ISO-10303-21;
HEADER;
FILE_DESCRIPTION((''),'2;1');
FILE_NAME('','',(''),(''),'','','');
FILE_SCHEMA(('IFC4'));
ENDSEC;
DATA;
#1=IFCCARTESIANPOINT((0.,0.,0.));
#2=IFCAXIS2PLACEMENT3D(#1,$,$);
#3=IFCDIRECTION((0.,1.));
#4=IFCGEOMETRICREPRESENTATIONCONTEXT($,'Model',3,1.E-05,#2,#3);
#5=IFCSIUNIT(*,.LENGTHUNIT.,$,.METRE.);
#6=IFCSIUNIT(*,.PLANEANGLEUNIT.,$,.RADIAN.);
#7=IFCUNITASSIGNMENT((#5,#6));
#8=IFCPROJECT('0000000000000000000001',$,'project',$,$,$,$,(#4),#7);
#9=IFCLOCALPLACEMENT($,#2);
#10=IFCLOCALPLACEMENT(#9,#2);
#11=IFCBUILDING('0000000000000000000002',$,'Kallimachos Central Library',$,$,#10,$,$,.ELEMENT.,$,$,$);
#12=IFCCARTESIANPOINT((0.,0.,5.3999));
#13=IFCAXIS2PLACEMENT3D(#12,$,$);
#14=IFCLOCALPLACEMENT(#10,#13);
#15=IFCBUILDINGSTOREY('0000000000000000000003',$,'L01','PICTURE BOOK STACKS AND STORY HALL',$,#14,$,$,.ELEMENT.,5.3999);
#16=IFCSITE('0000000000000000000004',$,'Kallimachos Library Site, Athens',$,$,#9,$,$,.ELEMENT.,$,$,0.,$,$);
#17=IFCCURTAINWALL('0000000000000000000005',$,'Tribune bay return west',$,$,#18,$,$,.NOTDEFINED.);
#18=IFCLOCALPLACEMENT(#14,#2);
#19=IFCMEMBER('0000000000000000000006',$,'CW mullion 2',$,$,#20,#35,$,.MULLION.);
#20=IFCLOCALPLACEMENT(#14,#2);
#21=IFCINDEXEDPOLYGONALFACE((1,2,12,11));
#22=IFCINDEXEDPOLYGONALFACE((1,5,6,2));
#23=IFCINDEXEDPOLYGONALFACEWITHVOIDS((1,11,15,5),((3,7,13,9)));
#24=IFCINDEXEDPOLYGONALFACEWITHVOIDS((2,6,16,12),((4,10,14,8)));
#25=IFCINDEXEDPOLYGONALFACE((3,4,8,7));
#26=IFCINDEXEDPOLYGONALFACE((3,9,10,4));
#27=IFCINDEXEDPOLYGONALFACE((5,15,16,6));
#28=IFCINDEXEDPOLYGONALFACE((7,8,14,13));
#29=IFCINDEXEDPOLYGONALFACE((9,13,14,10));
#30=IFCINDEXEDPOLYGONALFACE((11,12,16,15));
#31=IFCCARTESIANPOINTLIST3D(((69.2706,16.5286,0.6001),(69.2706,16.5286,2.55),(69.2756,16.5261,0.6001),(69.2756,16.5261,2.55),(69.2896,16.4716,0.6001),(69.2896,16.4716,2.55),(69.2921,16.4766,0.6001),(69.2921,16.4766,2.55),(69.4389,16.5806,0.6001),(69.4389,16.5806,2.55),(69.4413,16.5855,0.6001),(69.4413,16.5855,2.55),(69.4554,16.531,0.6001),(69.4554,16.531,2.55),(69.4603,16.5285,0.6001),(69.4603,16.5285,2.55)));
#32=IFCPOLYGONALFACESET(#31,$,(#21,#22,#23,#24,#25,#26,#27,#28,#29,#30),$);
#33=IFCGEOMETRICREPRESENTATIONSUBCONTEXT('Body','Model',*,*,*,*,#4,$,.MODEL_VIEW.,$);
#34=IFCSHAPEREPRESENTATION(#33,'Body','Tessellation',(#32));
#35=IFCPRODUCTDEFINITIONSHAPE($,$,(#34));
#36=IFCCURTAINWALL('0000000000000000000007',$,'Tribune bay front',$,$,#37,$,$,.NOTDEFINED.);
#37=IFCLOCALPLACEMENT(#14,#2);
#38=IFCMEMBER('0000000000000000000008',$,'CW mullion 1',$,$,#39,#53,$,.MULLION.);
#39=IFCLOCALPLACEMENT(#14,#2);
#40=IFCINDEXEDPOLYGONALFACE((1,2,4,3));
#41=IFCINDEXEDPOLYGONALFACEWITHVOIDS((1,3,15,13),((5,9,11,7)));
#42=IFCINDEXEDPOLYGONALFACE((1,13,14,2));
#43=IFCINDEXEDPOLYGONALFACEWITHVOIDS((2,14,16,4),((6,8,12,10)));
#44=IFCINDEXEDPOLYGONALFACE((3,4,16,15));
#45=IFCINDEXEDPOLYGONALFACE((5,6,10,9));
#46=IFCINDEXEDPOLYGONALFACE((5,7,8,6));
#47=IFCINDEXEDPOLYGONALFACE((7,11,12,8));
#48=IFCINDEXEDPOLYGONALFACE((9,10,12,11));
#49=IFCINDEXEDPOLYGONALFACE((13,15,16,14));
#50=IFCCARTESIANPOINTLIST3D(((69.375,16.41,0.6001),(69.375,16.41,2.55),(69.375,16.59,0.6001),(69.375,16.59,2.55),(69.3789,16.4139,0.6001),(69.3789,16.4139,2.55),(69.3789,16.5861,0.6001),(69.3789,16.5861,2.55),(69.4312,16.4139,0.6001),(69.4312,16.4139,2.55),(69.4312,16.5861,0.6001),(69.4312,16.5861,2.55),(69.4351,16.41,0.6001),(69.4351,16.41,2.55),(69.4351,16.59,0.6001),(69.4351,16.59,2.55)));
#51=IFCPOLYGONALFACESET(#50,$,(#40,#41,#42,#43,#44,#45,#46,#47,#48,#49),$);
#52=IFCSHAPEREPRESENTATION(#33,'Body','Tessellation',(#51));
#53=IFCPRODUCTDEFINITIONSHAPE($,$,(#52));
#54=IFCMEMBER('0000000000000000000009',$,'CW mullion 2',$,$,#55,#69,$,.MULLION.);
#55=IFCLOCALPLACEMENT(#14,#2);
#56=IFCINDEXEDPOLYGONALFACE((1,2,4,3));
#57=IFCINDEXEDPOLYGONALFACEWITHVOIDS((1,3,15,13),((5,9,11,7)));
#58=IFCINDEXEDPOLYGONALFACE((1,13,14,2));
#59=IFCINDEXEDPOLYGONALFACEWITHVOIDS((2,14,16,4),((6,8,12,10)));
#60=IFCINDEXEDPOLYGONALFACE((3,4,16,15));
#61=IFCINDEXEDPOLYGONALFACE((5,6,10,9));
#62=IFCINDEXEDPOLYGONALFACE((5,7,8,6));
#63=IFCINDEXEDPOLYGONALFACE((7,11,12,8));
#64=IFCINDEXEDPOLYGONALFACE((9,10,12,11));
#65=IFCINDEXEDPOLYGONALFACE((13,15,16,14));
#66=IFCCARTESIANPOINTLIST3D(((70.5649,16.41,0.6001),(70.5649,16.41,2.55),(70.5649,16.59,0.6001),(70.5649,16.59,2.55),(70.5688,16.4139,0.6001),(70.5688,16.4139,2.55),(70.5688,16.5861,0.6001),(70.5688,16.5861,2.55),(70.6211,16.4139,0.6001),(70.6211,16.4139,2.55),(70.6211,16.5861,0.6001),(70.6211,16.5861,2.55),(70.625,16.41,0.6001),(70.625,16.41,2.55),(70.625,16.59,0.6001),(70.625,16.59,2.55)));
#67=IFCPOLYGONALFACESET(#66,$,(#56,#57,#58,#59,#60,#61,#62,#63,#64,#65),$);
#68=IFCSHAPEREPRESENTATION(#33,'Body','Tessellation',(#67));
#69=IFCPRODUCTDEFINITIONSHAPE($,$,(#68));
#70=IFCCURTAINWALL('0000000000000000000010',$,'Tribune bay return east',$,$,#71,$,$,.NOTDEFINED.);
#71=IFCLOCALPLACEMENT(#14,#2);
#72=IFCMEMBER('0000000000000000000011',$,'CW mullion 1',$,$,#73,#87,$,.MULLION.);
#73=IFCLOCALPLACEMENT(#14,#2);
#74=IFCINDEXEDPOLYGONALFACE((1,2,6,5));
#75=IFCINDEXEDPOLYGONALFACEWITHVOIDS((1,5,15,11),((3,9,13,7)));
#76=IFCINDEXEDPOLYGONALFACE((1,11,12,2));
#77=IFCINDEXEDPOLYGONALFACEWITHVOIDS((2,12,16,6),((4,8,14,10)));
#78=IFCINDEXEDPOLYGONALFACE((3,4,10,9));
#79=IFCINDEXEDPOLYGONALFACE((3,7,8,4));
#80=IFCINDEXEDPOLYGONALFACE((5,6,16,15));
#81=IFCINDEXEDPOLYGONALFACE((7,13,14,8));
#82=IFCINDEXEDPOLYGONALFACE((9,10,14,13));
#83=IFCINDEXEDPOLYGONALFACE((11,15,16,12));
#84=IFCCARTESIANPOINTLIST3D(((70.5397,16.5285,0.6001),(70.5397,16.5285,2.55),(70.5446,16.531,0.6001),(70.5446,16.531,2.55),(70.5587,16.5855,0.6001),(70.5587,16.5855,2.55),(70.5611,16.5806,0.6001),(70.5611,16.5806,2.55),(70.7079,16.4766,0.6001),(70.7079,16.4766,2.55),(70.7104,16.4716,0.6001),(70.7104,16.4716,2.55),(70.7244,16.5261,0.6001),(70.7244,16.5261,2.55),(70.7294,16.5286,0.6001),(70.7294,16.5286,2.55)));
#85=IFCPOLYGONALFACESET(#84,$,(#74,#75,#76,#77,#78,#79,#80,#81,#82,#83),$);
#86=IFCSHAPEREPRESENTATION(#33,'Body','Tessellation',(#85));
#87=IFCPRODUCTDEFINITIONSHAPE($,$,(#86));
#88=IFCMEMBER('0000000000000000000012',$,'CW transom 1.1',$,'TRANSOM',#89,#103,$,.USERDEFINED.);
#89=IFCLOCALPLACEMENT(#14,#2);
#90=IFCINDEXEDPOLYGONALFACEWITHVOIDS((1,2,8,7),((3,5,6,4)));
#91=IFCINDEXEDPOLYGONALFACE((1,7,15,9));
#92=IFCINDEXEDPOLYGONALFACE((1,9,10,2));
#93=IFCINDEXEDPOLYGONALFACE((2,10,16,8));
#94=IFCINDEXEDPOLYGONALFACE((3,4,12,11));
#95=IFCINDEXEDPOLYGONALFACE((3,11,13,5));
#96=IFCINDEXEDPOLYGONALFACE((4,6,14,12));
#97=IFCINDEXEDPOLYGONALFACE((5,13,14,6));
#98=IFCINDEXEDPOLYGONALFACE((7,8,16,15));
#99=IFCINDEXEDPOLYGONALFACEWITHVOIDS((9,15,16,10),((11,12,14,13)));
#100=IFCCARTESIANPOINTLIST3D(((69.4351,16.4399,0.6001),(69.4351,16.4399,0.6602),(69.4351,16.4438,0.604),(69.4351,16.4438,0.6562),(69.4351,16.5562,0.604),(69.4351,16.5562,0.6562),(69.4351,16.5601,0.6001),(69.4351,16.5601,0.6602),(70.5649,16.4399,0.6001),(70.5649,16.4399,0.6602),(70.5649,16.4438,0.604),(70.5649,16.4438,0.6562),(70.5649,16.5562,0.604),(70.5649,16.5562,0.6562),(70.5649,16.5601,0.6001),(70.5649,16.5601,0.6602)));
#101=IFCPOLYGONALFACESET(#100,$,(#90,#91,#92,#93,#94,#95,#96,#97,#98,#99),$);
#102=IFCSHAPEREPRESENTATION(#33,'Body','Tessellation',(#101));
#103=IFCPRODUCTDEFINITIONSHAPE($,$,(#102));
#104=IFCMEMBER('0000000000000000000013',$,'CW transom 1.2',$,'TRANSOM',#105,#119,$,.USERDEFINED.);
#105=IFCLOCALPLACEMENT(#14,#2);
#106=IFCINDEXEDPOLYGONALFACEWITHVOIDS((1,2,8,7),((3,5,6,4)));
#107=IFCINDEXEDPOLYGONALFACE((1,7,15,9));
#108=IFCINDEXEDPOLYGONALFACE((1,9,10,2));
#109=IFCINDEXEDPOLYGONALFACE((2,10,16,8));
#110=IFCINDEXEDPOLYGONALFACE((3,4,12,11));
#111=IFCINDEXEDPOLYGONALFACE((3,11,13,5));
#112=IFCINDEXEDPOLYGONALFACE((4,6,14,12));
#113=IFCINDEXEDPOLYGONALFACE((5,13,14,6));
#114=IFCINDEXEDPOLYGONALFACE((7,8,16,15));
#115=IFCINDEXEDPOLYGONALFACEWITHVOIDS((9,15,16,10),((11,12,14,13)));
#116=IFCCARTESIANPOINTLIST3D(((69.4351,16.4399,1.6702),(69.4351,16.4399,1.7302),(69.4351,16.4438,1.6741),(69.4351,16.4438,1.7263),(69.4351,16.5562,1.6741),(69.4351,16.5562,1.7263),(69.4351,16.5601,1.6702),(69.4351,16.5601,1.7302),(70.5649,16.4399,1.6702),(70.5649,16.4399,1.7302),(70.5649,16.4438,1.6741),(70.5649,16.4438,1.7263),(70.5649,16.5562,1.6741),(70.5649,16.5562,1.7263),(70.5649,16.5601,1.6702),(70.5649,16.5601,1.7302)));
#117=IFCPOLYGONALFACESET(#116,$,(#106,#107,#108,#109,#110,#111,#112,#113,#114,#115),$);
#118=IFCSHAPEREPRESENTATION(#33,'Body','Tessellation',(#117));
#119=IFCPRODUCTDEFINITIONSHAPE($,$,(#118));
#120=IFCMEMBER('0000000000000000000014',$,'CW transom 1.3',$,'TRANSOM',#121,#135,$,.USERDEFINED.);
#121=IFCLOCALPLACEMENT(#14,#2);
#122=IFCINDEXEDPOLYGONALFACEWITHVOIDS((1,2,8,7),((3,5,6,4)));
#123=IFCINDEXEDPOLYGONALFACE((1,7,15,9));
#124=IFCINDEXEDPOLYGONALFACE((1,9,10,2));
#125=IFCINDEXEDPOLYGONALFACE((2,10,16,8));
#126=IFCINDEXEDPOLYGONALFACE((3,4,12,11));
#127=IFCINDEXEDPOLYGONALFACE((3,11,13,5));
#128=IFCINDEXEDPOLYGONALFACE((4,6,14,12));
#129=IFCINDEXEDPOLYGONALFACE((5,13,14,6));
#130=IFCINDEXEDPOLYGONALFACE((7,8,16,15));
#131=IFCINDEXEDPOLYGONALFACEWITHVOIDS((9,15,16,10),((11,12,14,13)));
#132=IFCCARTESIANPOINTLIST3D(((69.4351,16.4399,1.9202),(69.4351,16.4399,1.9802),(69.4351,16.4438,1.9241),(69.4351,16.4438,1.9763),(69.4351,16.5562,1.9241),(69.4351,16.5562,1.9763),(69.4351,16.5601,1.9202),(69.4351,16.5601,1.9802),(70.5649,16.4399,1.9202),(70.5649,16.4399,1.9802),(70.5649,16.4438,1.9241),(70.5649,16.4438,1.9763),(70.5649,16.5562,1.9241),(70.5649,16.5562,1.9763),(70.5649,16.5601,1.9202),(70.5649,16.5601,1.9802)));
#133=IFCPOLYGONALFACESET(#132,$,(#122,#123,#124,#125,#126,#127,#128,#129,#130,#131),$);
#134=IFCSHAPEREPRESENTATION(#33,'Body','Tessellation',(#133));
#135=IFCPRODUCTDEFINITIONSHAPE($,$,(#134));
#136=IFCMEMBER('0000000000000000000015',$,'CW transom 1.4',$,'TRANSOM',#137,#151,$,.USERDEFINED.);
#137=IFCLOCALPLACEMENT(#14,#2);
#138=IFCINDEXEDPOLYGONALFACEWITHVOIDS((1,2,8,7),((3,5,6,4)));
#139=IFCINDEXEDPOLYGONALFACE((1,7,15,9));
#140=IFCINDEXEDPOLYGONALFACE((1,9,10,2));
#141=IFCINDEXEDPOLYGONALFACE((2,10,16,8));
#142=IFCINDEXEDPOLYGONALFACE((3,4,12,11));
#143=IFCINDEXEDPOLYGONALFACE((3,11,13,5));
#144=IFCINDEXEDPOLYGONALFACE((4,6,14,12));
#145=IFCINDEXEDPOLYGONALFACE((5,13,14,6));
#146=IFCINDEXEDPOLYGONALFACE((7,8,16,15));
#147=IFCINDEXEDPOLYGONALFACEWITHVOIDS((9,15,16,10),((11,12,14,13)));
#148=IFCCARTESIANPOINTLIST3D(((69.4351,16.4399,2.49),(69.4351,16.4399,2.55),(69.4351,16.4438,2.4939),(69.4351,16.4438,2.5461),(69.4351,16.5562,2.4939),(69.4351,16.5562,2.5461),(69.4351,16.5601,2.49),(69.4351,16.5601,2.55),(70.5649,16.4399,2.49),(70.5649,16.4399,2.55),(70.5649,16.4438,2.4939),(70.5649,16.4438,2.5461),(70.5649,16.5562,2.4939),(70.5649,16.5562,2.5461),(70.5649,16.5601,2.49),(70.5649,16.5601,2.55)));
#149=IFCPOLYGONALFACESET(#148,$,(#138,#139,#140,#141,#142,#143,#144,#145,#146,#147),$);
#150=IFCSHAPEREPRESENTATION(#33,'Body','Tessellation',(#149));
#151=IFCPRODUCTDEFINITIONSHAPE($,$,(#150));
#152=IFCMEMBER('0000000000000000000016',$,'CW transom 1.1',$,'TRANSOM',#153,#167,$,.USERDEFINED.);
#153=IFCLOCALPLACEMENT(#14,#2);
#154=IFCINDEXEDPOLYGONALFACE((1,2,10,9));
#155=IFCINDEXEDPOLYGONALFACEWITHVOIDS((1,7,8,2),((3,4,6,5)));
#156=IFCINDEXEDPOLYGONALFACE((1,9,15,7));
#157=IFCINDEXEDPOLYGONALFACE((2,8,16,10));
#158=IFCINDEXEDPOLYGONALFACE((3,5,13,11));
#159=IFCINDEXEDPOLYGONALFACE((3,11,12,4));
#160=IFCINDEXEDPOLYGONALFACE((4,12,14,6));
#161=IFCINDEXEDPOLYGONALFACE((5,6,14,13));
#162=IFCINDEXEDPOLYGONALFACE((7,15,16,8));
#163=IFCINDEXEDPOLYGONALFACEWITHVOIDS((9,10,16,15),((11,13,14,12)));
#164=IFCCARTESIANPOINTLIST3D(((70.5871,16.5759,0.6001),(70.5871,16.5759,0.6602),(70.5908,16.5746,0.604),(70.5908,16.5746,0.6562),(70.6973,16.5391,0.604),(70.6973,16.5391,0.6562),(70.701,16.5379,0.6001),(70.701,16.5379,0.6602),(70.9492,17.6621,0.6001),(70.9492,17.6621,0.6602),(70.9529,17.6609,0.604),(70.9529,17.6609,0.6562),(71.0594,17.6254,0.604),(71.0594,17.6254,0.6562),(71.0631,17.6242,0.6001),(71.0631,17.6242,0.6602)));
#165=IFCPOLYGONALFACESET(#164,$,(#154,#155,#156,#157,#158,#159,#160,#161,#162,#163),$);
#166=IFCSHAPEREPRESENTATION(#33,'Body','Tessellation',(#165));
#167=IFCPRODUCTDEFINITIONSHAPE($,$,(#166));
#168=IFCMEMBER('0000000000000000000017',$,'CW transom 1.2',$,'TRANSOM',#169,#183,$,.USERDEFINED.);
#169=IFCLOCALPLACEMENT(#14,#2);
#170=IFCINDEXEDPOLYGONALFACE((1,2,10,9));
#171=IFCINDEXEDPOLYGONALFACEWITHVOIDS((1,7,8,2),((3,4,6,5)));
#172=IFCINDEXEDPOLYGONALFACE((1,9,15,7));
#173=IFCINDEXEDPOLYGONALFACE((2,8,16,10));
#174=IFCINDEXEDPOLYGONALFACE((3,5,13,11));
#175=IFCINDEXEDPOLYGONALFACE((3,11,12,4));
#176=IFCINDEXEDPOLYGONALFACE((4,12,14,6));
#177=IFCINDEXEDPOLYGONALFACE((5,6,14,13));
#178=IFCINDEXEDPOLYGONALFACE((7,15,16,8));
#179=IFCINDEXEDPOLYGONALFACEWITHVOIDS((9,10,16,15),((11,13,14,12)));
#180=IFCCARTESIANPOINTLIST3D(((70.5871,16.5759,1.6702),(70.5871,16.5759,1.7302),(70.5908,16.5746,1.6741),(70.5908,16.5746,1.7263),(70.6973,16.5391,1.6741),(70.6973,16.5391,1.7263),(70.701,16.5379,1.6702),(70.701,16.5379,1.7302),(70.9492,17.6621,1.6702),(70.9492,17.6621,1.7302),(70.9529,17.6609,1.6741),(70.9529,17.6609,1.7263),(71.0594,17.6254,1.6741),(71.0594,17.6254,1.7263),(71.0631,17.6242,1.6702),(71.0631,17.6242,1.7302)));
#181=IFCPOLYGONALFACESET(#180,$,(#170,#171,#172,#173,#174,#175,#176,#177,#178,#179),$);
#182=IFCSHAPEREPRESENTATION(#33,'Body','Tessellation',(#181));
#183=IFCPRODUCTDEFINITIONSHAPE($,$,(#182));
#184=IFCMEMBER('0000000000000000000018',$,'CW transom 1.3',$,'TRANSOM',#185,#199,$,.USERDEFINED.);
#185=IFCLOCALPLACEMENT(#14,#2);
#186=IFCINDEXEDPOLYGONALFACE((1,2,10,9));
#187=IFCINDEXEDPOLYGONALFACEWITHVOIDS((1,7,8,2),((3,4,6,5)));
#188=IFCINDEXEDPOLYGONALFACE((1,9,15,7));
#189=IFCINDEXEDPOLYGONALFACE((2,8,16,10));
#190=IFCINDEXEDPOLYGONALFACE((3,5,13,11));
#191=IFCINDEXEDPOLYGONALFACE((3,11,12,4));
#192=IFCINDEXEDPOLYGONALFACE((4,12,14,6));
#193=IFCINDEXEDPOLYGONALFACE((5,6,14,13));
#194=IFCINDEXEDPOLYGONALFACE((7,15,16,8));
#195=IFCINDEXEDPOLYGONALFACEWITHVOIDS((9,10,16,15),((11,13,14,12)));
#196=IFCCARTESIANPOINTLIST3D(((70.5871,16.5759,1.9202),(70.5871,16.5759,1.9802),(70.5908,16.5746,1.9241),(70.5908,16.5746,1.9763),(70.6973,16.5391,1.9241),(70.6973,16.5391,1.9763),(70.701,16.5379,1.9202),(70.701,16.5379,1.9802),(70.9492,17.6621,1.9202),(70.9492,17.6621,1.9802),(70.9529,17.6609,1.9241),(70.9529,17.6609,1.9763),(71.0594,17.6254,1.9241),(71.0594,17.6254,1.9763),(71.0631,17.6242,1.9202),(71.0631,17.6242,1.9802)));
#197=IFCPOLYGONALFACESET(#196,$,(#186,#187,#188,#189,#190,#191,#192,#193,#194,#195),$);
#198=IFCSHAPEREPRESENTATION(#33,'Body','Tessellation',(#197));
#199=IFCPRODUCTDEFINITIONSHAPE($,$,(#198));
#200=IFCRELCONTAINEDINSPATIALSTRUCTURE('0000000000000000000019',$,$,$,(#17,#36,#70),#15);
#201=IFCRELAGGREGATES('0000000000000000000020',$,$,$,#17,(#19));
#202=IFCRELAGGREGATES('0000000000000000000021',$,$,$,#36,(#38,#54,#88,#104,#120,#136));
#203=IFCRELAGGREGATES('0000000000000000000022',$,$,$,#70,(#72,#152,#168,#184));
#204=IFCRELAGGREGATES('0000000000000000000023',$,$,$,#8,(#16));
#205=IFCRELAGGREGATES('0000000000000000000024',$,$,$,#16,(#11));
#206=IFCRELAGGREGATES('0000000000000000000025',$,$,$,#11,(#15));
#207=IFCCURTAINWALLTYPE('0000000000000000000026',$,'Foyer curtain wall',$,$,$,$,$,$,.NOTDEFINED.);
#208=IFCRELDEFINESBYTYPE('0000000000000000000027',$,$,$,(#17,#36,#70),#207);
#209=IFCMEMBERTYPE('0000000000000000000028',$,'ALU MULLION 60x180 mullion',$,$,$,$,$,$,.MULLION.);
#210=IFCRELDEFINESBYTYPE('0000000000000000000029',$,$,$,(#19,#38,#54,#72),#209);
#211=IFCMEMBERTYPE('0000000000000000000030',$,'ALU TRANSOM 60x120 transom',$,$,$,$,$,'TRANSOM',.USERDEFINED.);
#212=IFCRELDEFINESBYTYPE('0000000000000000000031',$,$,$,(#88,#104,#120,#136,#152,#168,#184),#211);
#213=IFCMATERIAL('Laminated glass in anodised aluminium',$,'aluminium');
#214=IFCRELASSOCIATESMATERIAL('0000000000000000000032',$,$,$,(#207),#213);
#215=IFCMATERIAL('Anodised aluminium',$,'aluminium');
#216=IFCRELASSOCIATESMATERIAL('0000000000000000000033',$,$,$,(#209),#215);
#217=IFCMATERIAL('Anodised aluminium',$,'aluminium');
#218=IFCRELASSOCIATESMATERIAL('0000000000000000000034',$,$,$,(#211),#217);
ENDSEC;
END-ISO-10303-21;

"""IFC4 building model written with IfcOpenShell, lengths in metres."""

from ifc_helpers import new_model, si_unit, direction, frame, origin, origin_2d, place, context, subcontext, project, spatial, hollow_rectangle, extrude, material, material_profile, profile_set, type_object, element, aggregate, save


model = new_model("IFC4")

# Units and contexts
model_context = context("Model", 3, precision=1e-05, world=origin(), true_north=direction((0.0, 1.0)))
body_context = subcontext(model_context, "Body", "Model", "MODEL_VIEW")
ifc_project = project(units=[si_unit("LENGTHUNIT", "METRE"), si_unit("PLANEANGLEUNIT", "RADIAN")], contexts=[model_context])

# Site, building, storey
site_placement = place(None, origin())
site = spatial("IfcSite", under=ifc_project, at=site_placement, Name="Kallimachos Library Site, Athens", CompositionType="ELEMENT", RefElevation=0.0)
building_placement = place(site_placement, origin())
building = spatial("IfcBuilding", under=site, at=building_placement, Name="Kallimachos Central Library", CompositionType="ELEMENT")
storey_placement = place(building_placement, frame((0.0, 0.0, 5.3999)))
storey = spatial("IfcBuildingStorey", under=building, at=storey_placement, Name="L01", Description="PICTURE BOOK STACKS AND STORY HALL", CompositionType="ELEMENT", Elevation=5.3999)

# Curtain wall, member
ifc_material_1 = material(Name="Laminated glass in anodised aluminium", Category="aluminium")
curtain_wall_type = type_object("IfcCurtainWallType", Name="Foyer curtain wall", PredefinedType="NOTDEFINED", material=ifc_material_1)
curtain_wall_1_placement = place(storey_placement, origin())
curtain_wall_1 = element("IfcCurtainWall", 1, at=curtain_wall_1_placement, inside=storey, type_object=curtain_wall_type, Name="Tribune bay return west", PredefinedType="NOTDEFINED")
ifc_material_2 = material(Name="Anodised aluminium", Category="aluminium")
ifc_material_profile_1 = material_profile(ifc_material_2, hollow_rectangle(XDim=0.0601, YDim=0.1799, WallThickness=0.0039, at=origin_2d()), Name="ALU MULLION 60x180")
ifc_profile_set_1 = profile_set([ifc_material_profile_1], Name="Anodised aluminium")
member_type_1 = type_object("IfcMemberType", Name="ALU MULLION 60x180 mullion", PredefinedType="MULLION", material=ifc_profile_set_1)
member_1_placement = place(storey_placement, frame((69.3655, 16.5286, 0.6001), z_axis=(0.0, 0.0, 1.0), x_axis=(0.316228, -0.948683, 0.0)))
member_1 = element("IfcMember", 2, at=member_1_placement, type_object=member_type_1, Name="CW mullion 2", PredefinedType="MULLION", context=body_context, shape_type="SweptSolid", body=[
    extrude(hollow_rectangle(XDim=0.0601, YDim=0.1799, WallThickness=0.0039, at=origin_2d()), origin(), (0.0, 0.0, 1.0), 1.95),
])

# Curtain wall, members
curtain_wall_2_placement = place(storey_placement, origin())
curtain_wall_2 = element("IfcCurtainWall", 3, at=curtain_wall_2_placement, inside=storey, type_object=curtain_wall_type, Name="Tribune bay front", PredefinedType="NOTDEFINED")
member_2_placement = place(storey_placement, frame((69.405, 16.5, 0.6001), z_axis=(0.0, 0.0, 1.0), x_axis=(1.0, 0.0, 0.0)))
member_2 = element("IfcMember", 4, at=member_2_placement, type_object=member_type_1, Name="CW mullion 1", PredefinedType="MULLION", context=body_context, shape_type="SweptSolid", body=[
    extrude(hollow_rectangle(XDim=0.0601, YDim=0.1799, WallThickness=0.0039, at=origin_2d()), origin(), (0.0, 0.0, 1.0), 1.95),
])
member_3_placement = place(storey_placement, frame((70.595, 16.5, 0.6001), z_axis=(0.0, 0.0, 1.0), x_axis=(1.0, 0.0, 0.0)))
member_3 = element("IfcMember", 5, at=member_3_placement, type_object=member_type_1, Name="CW mullion 2", PredefinedType="MULLION", context=body_context, shape_type="SweptSolid", body=[
    extrude(hollow_rectangle(XDim=0.0601, YDim=0.1799, WallThickness=0.0039, at=origin_2d()), origin(), (0.0, 0.0, 1.0), 1.95),
])

# Curtain wall, member
curtain_wall_3_placement = place(storey_placement, origin())
curtain_wall_3 = element("IfcCurtainWall", 6, at=curtain_wall_3_placement, inside=storey, type_object=curtain_wall_type, Name="Tribune bay return east", PredefinedType="NOTDEFINED")
member_4_placement = place(storey_placement, frame((70.6345, 16.5286, 0.6001), z_axis=(0.0, 0.0, 1.0), x_axis=(0.316228, 0.948683, 0.0)))
member_4 = element("IfcMember", 7, at=member_4_placement, type_object=member_type_1, Name="CW mullion 1", PredefinedType="MULLION", context=body_context, shape_type="SweptSolid", body=[
    extrude(hollow_rectangle(XDim=0.0601, YDim=0.1799, WallThickness=0.0039, at=origin_2d()), origin(), (0.0, 0.0, 1.0), 1.95),
])

# Members
ifc_material_3 = material(Name="Anodised aluminium", Category="aluminium")
ifc_material_profile_2 = material_profile(ifc_material_3, hollow_rectangle(XDim=0.0601, YDim=0.1201, WallThickness=0.0039, at=origin_2d()), Name="ALU TRANSOM 60x120")
ifc_profile_set_2 = profile_set([ifc_material_profile_2], Name="Anodised aluminium")
member_type_2 = type_object("IfcMemberType", Name="ALU TRANSOM 60x120 transom", ElementType="TRANSOM", PredefinedType="USERDEFINED", material=ifc_profile_set_2)
member_5_placement = place(storey_placement, frame((69.4351, 16.5, 0.6301), z_axis=(1.0, 0.0, 0.0), x_axis=(0.0, 0.0, 1.0)))
member_5 = element("IfcMember", 8, at=member_5_placement, type_object=member_type_2, Name="CW transom 1.1", ObjectType="TRANSOM", PredefinedType="USERDEFINED", context=body_context, shape_type="SweptSolid", body=[
    extrude(hollow_rectangle(XDim=0.0601, YDim=0.1201, WallThickness=0.0039, at=origin_2d()), origin(), (0.0, 0.0, 1.0), 1.1299),
])
member_6_placement = place(storey_placement, frame((69.4351, 16.5, 1.7002), z_axis=(1.0, 0.0, 0.0), x_axis=(0.0, 0.0, 1.0)))
member_6 = element("IfcMember", 9, at=member_6_placement, type_object=member_type_2, Name="CW transom 1.2", ObjectType="TRANSOM", PredefinedType="USERDEFINED", context=body_context, shape_type="SweptSolid", body=[
    extrude(hollow_rectangle(XDim=0.0601, YDim=0.1201, WallThickness=0.0039, at=origin_2d()), origin(), (0.0, 0.0, 1.0), 1.1299),
])
member_7_placement = place(storey_placement, frame((69.4351, 16.5, 1.9502), z_axis=(1.0, 0.0, 0.0), x_axis=(0.0, 0.0, 1.0)))
member_7 = element("IfcMember", 10, at=member_7_placement, type_object=member_type_2, Name="CW transom 1.3", ObjectType="TRANSOM", PredefinedType="USERDEFINED", context=body_context, shape_type="SweptSolid", body=[
    extrude(hollow_rectangle(XDim=0.0601, YDim=0.1201, WallThickness=0.0039, at=origin_2d()), origin(), (0.0, 0.0, 1.0), 1.1299),
])
member_8_placement = place(storey_placement, frame((69.4351, 16.5, 2.52), z_axis=(1.0, 0.0, 0.0), x_axis=(0.0, 0.0, 1.0)))
member_8 = element("IfcMember", 11, at=member_8_placement, type_object=member_type_2, Name="CW transom 1.4", ObjectType="TRANSOM", PredefinedType="USERDEFINED", context=body_context, shape_type="SweptSolid", body=[
    extrude(hollow_rectangle(XDim=0.0601, YDim=0.1201, WallThickness=0.0039, at=origin_2d()), origin(), (0.0, 0.0, 1.0), 1.1299),
])
member_9_placement = place(storey_placement, frame((70.644, 16.5569, 0.6301), z_axis=(0.316228, 0.948683, 0.0), x_axis=(0.0, 0.0, 1.0)))
member_9 = element("IfcMember", 12, at=member_9_placement, type_object=member_type_2, Name="CW transom 1.1", ObjectType="TRANSOM", PredefinedType="USERDEFINED", context=body_context, shape_type="SweptSolid", body=[
    extrude(hollow_rectangle(XDim=0.0601, YDim=0.1201, WallThickness=0.0039, at=origin_2d()), origin(), (0.0, 0.0, 1.0), 1.145),
])
member_10_placement = place(storey_placement, frame((70.644, 16.5569, 1.7002), z_axis=(0.316228, 0.948683, 0.0), x_axis=(0.0, 0.0, 1.0)))
member_10 = element("IfcMember", 13, at=member_10_placement, type_object=member_type_2, Name="CW transom 1.2", ObjectType="TRANSOM", PredefinedType="USERDEFINED", context=body_context, shape_type="SweptSolid", body=[
    extrude(hollow_rectangle(XDim=0.0601, YDim=0.1201, WallThickness=0.0039, at=origin_2d()), origin(), (0.0, 0.0, 1.0), 1.145),
])
member_11_placement = place(storey_placement, frame((70.644, 16.5569, 1.9502), z_axis=(0.316228, 0.948683, 0.0), x_axis=(0.0, 0.0, 1.0)))
member_11 = element("IfcMember", 14, at=member_11_placement, type_object=member_type_2, Name="CW transom 1.3", ObjectType="TRANSOM", PredefinedType="USERDEFINED", context=body_context, shape_type="SweptSolid", body=[
    extrude(hollow_rectangle(XDim=0.0601, YDim=0.1201, WallThickness=0.0039, at=origin_2d()), origin(), (0.0, 0.0, 1.0), 1.145),
])

aggregate(curtain_wall_1, [member_1])
aggregate(curtain_wall_2, [member_2, member_3, member_5, member_6, member_7, member_8])
aggregate(curtain_wall_3, [member_4, member_9, member_10, member_11])

save(model, "model.ifc")
